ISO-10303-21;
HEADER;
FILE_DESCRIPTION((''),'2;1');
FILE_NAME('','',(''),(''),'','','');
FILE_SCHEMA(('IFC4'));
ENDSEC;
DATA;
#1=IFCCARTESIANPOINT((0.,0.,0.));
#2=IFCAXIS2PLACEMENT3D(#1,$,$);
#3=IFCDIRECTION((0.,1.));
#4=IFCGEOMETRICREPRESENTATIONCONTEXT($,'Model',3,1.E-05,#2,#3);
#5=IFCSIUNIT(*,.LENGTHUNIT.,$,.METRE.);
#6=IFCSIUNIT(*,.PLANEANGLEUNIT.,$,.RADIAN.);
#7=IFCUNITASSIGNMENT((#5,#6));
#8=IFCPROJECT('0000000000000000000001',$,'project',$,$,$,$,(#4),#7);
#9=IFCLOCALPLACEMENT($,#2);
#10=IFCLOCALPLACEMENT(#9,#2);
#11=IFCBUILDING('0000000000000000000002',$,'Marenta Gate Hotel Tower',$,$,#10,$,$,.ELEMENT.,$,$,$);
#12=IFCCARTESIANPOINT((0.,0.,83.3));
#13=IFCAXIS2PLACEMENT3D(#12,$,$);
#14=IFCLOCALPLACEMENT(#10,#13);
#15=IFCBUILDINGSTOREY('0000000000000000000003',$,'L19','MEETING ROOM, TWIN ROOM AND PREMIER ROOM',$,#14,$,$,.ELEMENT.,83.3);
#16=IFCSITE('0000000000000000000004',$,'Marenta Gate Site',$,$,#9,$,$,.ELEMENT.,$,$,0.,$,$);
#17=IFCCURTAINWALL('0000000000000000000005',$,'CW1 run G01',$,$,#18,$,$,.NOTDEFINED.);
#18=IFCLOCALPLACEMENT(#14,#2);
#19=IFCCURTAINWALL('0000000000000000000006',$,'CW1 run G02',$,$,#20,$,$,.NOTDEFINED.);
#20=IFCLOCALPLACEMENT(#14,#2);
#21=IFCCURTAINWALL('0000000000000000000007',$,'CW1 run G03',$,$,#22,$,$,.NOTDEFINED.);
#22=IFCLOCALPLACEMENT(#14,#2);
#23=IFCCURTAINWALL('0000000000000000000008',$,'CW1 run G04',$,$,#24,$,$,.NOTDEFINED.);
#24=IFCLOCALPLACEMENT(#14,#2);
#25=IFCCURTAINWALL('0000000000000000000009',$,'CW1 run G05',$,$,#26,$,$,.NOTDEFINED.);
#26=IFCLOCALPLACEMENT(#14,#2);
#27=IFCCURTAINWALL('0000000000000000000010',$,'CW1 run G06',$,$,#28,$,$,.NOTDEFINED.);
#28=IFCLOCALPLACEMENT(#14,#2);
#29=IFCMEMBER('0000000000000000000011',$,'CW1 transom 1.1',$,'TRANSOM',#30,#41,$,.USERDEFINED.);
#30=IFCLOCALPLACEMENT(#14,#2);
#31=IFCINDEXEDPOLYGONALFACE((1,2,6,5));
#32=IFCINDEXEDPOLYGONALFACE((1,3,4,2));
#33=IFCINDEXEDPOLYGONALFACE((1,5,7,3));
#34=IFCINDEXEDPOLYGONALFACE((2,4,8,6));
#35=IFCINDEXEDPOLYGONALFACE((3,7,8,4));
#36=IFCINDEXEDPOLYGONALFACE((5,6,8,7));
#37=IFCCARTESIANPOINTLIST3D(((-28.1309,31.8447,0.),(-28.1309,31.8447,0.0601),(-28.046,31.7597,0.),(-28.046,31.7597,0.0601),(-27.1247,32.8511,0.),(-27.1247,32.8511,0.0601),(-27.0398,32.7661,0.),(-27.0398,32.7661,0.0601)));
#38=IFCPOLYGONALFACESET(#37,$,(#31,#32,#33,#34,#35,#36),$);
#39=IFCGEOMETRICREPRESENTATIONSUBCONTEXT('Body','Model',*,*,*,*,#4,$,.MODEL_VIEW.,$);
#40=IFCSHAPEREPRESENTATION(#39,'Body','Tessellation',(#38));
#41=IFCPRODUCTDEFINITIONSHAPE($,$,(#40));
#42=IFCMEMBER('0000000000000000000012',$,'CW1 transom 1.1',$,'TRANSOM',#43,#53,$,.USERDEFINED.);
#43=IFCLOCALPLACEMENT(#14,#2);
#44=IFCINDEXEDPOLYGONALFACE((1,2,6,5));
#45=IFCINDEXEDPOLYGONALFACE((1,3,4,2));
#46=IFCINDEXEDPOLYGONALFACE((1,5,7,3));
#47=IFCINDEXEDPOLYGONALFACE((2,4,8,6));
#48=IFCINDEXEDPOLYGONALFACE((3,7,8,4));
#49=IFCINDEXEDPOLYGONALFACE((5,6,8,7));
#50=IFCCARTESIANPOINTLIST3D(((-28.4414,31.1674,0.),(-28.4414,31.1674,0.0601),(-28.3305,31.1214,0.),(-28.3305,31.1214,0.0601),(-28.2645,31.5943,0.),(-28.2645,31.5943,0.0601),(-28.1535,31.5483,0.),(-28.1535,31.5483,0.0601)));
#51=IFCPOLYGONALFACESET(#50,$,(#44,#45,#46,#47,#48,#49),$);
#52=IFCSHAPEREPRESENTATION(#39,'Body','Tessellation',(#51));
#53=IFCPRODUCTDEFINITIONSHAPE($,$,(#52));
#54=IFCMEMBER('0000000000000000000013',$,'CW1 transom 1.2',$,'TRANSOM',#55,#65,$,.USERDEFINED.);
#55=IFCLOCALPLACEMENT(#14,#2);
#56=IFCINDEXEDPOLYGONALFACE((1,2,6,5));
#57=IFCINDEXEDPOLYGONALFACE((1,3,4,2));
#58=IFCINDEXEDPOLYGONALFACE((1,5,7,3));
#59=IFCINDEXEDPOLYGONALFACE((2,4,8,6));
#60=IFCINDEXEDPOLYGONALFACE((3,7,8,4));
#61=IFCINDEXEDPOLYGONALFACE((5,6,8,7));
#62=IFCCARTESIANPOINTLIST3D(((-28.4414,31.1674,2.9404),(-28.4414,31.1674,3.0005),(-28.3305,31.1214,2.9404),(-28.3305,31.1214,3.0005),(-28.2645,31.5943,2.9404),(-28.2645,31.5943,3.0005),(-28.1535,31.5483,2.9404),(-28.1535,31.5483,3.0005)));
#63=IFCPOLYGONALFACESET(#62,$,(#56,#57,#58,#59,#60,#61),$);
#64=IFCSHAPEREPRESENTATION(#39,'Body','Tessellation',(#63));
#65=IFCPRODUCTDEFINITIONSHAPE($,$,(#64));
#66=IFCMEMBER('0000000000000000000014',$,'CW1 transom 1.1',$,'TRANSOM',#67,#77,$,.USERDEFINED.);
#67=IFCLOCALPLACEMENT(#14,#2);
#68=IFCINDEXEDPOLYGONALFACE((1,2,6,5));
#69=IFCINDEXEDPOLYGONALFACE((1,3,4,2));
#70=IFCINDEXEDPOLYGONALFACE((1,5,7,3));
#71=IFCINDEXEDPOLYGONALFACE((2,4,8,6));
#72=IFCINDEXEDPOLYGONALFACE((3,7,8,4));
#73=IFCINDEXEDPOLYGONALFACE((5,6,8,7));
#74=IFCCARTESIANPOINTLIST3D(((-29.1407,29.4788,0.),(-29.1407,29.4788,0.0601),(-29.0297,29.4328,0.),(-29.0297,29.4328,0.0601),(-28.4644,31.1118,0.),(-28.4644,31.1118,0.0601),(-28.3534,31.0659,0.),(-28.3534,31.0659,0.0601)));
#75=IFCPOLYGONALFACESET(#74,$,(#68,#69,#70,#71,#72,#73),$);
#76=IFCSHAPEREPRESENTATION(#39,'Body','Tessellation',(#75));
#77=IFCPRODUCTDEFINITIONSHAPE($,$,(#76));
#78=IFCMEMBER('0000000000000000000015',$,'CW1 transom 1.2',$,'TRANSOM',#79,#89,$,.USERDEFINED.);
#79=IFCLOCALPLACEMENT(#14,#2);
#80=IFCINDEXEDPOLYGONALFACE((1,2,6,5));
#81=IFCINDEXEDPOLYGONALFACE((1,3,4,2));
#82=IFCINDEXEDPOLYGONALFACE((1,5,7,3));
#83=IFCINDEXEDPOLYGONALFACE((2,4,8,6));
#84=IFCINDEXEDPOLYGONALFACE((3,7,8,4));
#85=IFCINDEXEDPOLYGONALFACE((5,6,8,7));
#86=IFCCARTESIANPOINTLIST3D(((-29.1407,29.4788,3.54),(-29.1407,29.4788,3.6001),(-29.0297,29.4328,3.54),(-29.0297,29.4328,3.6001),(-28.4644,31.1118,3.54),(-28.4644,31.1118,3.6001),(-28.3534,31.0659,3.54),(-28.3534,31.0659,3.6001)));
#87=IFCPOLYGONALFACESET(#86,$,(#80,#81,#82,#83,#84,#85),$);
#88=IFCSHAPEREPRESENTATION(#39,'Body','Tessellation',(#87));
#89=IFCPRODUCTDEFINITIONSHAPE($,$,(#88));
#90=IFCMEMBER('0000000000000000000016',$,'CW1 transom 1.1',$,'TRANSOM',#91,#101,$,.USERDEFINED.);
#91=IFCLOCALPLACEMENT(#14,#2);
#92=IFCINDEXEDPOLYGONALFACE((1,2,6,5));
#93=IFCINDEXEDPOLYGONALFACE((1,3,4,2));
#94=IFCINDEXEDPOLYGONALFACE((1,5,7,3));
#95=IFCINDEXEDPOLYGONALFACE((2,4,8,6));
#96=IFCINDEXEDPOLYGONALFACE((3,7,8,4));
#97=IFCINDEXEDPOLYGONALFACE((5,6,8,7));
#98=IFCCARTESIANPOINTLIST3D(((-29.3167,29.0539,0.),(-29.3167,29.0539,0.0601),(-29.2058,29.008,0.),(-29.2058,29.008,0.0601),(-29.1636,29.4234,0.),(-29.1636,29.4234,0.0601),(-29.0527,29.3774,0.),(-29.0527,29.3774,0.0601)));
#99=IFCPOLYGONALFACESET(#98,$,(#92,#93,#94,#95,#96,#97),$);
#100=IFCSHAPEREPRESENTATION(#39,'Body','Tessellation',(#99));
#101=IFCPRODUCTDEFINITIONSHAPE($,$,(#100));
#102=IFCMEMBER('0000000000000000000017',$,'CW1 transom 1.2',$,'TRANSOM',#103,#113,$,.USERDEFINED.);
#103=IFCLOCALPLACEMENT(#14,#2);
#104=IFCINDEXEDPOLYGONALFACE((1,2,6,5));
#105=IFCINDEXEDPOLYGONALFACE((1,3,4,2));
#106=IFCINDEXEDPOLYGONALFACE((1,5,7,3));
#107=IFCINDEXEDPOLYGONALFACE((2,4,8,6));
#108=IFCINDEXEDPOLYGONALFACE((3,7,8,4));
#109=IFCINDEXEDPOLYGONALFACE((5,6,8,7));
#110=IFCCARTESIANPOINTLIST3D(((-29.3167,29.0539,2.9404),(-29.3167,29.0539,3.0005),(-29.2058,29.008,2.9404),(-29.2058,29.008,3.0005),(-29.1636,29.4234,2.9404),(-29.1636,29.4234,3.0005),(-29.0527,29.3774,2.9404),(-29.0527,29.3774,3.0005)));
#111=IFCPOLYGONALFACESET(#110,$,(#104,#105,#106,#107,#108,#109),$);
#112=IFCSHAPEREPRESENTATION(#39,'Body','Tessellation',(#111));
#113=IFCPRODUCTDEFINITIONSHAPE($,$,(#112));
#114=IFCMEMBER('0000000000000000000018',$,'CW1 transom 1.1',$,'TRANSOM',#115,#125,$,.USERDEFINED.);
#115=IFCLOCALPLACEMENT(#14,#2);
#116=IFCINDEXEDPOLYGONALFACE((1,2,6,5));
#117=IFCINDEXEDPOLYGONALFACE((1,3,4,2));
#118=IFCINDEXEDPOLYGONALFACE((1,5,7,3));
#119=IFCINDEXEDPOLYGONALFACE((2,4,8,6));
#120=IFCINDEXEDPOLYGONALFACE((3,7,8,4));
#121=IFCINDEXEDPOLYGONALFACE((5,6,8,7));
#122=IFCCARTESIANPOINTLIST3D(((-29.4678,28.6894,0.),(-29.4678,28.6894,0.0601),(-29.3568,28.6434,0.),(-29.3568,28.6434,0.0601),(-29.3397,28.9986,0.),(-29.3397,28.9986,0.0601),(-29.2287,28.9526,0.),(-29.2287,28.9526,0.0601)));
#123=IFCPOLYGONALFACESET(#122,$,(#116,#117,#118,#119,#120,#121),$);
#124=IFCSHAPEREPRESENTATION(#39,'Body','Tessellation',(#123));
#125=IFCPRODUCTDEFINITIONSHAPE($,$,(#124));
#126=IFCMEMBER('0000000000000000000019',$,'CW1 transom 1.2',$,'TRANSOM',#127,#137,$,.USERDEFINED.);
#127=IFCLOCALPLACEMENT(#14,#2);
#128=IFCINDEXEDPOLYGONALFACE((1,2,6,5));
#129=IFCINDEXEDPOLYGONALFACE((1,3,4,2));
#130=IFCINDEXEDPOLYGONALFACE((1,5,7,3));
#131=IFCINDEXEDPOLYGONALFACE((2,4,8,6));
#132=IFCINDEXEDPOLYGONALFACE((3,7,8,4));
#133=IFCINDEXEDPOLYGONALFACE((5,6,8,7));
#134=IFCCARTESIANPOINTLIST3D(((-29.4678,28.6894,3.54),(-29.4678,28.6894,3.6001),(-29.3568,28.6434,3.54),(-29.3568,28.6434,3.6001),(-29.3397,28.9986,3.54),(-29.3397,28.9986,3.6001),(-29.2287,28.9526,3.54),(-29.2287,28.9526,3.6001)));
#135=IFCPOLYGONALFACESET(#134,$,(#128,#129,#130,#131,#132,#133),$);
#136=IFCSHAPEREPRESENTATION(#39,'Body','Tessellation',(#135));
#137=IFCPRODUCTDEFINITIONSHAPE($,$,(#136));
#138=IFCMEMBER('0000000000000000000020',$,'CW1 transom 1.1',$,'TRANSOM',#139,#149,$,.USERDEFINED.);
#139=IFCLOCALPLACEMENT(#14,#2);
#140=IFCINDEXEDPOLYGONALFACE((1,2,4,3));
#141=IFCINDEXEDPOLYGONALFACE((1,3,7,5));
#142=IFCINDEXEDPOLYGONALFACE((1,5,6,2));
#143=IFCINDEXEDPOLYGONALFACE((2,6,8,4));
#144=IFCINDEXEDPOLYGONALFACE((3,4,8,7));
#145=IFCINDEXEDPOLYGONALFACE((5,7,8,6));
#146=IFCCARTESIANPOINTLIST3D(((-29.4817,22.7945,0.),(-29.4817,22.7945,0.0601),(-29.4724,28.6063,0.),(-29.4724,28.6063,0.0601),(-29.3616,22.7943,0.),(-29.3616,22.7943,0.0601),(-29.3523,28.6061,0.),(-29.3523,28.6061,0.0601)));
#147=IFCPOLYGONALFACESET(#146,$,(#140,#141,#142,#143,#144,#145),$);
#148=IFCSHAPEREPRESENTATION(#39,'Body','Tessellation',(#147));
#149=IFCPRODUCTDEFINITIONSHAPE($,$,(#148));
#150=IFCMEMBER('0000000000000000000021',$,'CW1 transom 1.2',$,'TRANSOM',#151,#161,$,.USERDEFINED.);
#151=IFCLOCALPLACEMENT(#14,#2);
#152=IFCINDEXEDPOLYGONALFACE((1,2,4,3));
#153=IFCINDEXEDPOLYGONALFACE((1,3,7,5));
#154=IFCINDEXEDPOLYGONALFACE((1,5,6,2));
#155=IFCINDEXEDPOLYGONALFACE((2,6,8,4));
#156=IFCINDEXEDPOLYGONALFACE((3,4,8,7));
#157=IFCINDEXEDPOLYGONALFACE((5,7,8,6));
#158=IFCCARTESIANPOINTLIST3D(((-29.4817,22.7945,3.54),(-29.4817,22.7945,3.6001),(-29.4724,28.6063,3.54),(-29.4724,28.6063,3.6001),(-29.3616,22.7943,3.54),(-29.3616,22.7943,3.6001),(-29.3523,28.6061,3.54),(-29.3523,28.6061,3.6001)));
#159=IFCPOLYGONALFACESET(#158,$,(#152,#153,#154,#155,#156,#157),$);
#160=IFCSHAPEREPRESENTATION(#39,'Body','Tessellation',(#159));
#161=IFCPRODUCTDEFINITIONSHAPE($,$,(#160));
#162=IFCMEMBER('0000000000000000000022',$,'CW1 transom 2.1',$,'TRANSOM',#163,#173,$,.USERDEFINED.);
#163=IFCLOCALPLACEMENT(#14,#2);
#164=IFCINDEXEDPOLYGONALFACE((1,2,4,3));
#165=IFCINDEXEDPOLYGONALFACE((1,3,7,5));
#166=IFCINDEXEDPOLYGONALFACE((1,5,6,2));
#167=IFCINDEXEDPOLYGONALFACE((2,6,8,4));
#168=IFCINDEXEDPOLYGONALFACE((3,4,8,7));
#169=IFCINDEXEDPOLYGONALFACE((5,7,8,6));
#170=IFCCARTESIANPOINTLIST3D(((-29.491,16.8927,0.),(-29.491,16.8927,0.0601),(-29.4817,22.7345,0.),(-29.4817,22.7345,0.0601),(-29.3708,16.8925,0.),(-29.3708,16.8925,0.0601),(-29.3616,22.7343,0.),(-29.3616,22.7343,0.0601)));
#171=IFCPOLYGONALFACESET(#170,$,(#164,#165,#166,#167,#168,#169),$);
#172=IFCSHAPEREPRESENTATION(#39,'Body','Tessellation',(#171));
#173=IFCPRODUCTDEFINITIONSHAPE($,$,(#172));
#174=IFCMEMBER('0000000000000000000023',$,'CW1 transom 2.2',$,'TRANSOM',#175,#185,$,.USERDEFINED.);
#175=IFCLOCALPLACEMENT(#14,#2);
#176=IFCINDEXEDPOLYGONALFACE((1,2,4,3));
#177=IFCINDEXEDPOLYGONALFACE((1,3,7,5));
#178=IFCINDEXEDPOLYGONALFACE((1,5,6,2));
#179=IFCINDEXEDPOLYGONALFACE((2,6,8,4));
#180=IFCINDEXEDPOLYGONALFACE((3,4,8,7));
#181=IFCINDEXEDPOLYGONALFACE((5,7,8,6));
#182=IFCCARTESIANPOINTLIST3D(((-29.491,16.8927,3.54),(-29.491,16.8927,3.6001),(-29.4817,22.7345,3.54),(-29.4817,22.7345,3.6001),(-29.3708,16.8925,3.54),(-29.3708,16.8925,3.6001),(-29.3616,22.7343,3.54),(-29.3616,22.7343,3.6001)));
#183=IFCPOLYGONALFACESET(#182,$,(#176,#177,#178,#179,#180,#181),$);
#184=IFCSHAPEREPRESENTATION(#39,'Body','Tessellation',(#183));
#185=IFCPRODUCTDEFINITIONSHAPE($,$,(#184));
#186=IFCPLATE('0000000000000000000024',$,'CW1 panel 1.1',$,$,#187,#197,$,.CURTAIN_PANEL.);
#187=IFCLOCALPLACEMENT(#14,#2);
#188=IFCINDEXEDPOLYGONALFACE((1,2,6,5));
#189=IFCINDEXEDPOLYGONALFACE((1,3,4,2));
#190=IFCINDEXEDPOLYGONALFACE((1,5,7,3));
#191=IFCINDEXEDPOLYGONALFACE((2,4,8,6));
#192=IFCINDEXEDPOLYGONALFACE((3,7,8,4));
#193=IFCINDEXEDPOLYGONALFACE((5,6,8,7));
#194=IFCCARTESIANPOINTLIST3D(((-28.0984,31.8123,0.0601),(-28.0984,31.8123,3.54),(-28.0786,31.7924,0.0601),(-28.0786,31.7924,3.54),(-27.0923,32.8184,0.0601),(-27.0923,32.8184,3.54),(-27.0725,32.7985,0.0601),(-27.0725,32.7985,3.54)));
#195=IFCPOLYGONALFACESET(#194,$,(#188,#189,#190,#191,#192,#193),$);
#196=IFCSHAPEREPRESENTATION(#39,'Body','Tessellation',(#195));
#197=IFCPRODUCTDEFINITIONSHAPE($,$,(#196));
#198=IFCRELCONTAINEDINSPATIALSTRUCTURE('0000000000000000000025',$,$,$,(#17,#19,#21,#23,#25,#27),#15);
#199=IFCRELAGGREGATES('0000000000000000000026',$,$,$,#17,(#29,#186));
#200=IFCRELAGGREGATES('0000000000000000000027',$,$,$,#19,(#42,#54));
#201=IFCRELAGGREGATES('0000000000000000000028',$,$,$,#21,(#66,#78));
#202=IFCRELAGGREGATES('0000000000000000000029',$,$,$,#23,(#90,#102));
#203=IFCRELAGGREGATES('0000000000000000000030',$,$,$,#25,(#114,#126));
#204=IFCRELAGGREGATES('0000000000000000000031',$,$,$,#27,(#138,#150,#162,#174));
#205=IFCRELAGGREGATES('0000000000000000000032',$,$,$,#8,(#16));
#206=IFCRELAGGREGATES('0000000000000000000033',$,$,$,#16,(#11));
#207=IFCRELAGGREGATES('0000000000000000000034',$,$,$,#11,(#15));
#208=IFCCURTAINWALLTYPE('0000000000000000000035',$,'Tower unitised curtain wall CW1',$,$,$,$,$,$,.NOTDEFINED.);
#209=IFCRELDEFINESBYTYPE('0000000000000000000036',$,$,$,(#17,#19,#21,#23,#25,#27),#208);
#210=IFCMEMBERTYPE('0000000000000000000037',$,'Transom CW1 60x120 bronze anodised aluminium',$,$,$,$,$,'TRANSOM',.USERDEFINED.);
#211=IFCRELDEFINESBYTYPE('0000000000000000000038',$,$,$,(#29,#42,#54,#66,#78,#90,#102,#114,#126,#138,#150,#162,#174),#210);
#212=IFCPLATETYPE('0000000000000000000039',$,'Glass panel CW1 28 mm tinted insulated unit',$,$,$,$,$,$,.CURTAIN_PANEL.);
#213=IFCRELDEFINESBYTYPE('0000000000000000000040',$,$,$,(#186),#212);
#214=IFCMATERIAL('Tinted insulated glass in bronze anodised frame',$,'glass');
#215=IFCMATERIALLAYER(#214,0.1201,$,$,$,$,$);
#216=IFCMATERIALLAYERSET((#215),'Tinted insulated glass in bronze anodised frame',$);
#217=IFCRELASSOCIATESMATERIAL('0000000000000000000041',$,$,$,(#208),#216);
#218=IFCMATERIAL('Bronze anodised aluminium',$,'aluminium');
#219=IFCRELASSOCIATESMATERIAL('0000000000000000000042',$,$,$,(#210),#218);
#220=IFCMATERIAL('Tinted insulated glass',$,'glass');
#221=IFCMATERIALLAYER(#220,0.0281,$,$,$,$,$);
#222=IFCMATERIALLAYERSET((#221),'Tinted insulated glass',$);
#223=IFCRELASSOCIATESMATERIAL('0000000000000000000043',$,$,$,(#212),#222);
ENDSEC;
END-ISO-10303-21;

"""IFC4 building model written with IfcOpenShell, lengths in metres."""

from ifc_helpers import new_model, si_unit, direction, frame, origin, origin_2d, place, context, subcontext, project, spatial, rectangle, extrude, material, layer, layer_set, material_profile, profile_set, type_object, element, aggregate, save


model = new_model("IFC4")

# Units and contexts
model_context = context("Model", 3, precision=1e-05, world=origin(), true_north=direction((0.0, 1.0)))
body_context = subcontext(model_context, "Body", "Model", "MODEL_VIEW")
ifc_project = project(units=[si_unit("LENGTHUNIT", "METRE"), si_unit("PLANEANGLEUNIT", "RADIAN")], contexts=[model_context])

# Site, building, storey
site_placement = place(None, origin())
site = spatial("IfcSite", under=ifc_project, at=site_placement, Name="Marenta Gate Site", CompositionType="ELEMENT", RefElevation=0.0)
building_placement = place(site_placement, origin())
building = spatial("IfcBuilding", under=site, at=building_placement, Name="Marenta Gate Hotel Tower", CompositionType="ELEMENT")
storey_placement = place(building_placement, frame((0.0, 0.0, 83.3)))
storey = spatial("IfcBuildingStorey", under=building, at=storey_placement, Name="L19", Description="MEETING ROOM, TWIN ROOM AND PREMIER ROOM", CompositionType="ELEMENT", Elevation=83.3)

# Curtain walls
ifc_material_1 = material(Name="Tinted insulated glass in bronze anodised frame", Category="glass")
ifc_layer_1 = layer(ifc_material_1, 0.1201)
ifc_layer_set_1 = layer_set([ifc_layer_1], Name="Tinted insulated glass in bronze anodised frame")
curtain_wall_type = type_object("IfcCurtainWallType", Name="Tower unitised curtain wall CW1", PredefinedType="NOTDEFINED", material=ifc_layer_set_1)
curtain_wall_1_placement = place(storey_placement, origin())
curtain_wall_1 = element("IfcCurtainWall", 1, at=curtain_wall_1_placement, inside=storey, type_object=curtain_wall_type, Name="CW1 run G01", PredefinedType="NOTDEFINED")
curtain_wall_2_placement = place(storey_placement, origin())
curtain_wall_2 = element("IfcCurtainWall", 2, at=curtain_wall_2_placement, inside=storey, type_object=curtain_wall_type, Name="CW1 run G02", PredefinedType="NOTDEFINED")
curtain_wall_3_placement = place(storey_placement, origin())
curtain_wall_3 = element("IfcCurtainWall", 3, at=curtain_wall_3_placement, inside=storey, type_object=curtain_wall_type, Name="CW1 run G03", PredefinedType="NOTDEFINED")
curtain_wall_4_placement = place(storey_placement, origin())
curtain_wall_4 = element("IfcCurtainWall", 4, at=curtain_wall_4_placement, inside=storey, type_object=curtain_wall_type, Name="CW1 run G04", PredefinedType="NOTDEFINED")
curtain_wall_5_placement = place(storey_placement, origin())
curtain_wall_5 = element("IfcCurtainWall", 5, at=curtain_wall_5_placement, inside=storey, type_object=curtain_wall_type, Name="CW1 run G05", PredefinedType="NOTDEFINED")

# Curtain wall
curtain_wall_6_placement = place(storey_placement, origin())
curtain_wall_6 = element("IfcCurtainWall", 6, at=curtain_wall_6_placement, inside=storey, type_object=curtain_wall_type, Name="CW1 run G06", PredefinedType="NOTDEFINED")

# Members
ifc_material_2 = material(Name="Bronze anodised aluminium", Category="aluminium")
ifc_material_profile_1 = material_profile(ifc_material_2, rectangle(XDim=0.1201, YDim=0.0601, at=origin_2d()), Name="Transom CW1 60x120 bronze anodised aluminium")
ifc_profile_set_1 = profile_set([ifc_material_profile_1], Name="Bronze anodised aluminium")
member_type_1 = type_object("IfcMemberType", Name="Transom CW1 60x120 bronze anodised aluminium", ElementType="TRANSOM", PredefinedType="USERDEFINED", material=ifc_profile_set_1)
member_1_placement = place(storey_placement, frame((-27.0823, 32.8086, 0.03), z_axis=(-0.707021, -0.707193, 0.0), x_axis=(0.707193, -0.707021, 0.0)))
member_1 = element("IfcMember", 7, at=member_1_placement, type_object=member_type_1, Name="CW1 transom 1.1", ObjectType="TRANSOM", PredefinedType="USERDEFINED", context=body_context, shape_type="SweptSolid", body=[
    extrude(rectangle(XDim=0.1201, YDim=0.0601, at=origin_2d()), origin(), (0.0, 0.0, 1.0), 1.4231),
])
member_2_placement = place(storey_placement, frame((-28.209, 31.5713, 0.03), z_axis=(-0.382927, -0.923779, 0.0), x_axis=(0.923779, -0.382927, 0.0)))
member_2 = element("IfcMember", 8, at=member_2_placement, type_object=member_type_1, Name="CW1 transom 1.1", ObjectType="TRANSOM", PredefinedType="USERDEFINED", context=body_context, shape_type="SweptSolid", body=[
    extrude(rectangle(XDim=0.1201, YDim=0.0601, at=origin_2d()), origin(), (0.0, 0.0, 1.0), 0.4622),
])
member_3_placement = place(storey_placement, frame((-28.209, 31.5713, 2.9705), z_axis=(-0.382927, -0.923779, 0.0), x_axis=(0.923779, -0.382927, 0.0)))
member_3 = element("IfcMember", 9, at=member_3_placement, type_object=member_type_1, Name="CW1 transom 1.2", ObjectType="TRANSOM", PredefinedType="USERDEFINED", context=body_context, shape_type="SweptSolid", body=[
    extrude(rectangle(XDim=0.1201, YDim=0.0601, at=origin_2d()), origin(), (0.0, 0.0, 1.0), 0.4622),
])
member_4_placement = place(storey_placement, frame((-28.4089, 31.0889, 0.03), z_axis=(-0.382604, -0.923912, 0.0), x_axis=(0.923912, -0.382604, 0.0)))
member_4 = element("IfcMember", 10, at=member_4_placement, type_object=member_type_1, Name="CW1 transom 1.1", ObjectType="TRANSOM", PredefinedType="USERDEFINED", context=body_context, shape_type="SweptSolid", body=[
    extrude(rectangle(XDim=0.1201, YDim=0.0601, at=origin_2d()), origin(), (0.0, 0.0, 1.0), 1.7676),
])
member_5_placement = place(storey_placement, frame((-28.4089, 31.0889, 3.5701), z_axis=(-0.382604, -0.923912, 0.0), x_axis=(0.923912, -0.382604, 0.0)))
member_5 = element("IfcMember", 11, at=member_5_placement, type_object=member_type_1, Name="CW1 transom 1.2", ObjectType="TRANSOM", PredefinedType="USERDEFINED", context=body_context, shape_type="SweptSolid", body=[
    extrude(rectangle(XDim=0.1201, YDim=0.0601, at=origin_2d()), origin(), (0.0, 0.0, 1.0), 1.7676),
])
member_6_placement = place(storey_placement, frame((-29.1082, 29.4004, 0.03), z_axis=(-0.382837, -0.923816, 0.0), x_axis=(0.923816, -0.382837, 0.0)))
member_6 = element("IfcMember", 12, at=member_6_placement, type_object=member_type_1, Name="CW1 transom 1.1", ObjectType="TRANSOM", PredefinedType="USERDEFINED", context=body_context, shape_type="SweptSolid", body=[
    extrude(rectangle(XDim=0.1201, YDim=0.0601, at=origin_2d()), origin(), (0.0, 0.0, 1.0), 0.3999),
])
member_7_placement = place(storey_placement, frame((-29.1082, 29.4004, 2.9705), z_axis=(-0.382837, -0.923816, 0.0), x_axis=(0.923816, -0.382837, 0.0)))
member_7 = element("IfcMember", 13, at=member_7_placement, type_object=member_type_1, Name="CW1 transom 1.2", ObjectType="TRANSOM", PredefinedType="USERDEFINED", context=body_context, shape_type="SweptSolid", body=[
    extrude(rectangle(XDim=0.1201, YDim=0.0601, at=origin_2d()), origin(), (0.0, 0.0, 1.0), 0.3999),
])
member_8_placement = place(storey_placement, frame((-29.2842, 28.9756, 0.03), z_axis=(-0.382803, -0.92383, 0.0), x_axis=(0.92383, -0.382803, 0.0)))
member_8 = element("IfcMember", 14, at=member_8_placement, type_object=member_type_1, Name="CW1 transom 1.1", ObjectType="TRANSOM", PredefinedType="USERDEFINED", context=body_context, shape_type="SweptSolid", body=[
    extrude(rectangle(XDim=0.1201, YDim=0.0601, at=origin_2d()), origin(), (0.0, 0.0, 1.0), 0.3347),
])
member_9_placement = place(storey_placement, frame((-29.2842, 28.9756, 3.5701), z_axis=(-0.382803, -0.92383, 0.0), x_axis=(0.92383, -0.382803, 0.0)))
member_9 = element("IfcMember", 15, at=member_9_placement, type_object=member_type_1, Name="CW1 transom 1.2", ObjectType="TRANSOM", PredefinedType="USERDEFINED", context=body_context, shape_type="SweptSolid", body=[
    extrude(rectangle(XDim=0.1201, YDim=0.0601, at=origin_2d()), origin(), (0.0, 0.0, 1.0), 0.3347),
])
member_10_placement = place(storey_placement, frame((-29.4124, 28.6062, 0.03), z_axis=(-0.001596, -0.999999, 0.0), x_axis=(0.999999, -0.001596, 0.0)))
member_10 = element("IfcMember", 16, at=member_10_placement, type_object=member_type_1, Name="CW1 transom 1.1", ObjectType="TRANSOM", PredefinedType="USERDEFINED", context=body_context, shape_type="SweptSolid", body=[
    extrude(rectangle(XDim=0.1201, YDim=0.0601, at=origin_2d()), origin(), (0.0, 0.0, 1.0), 5.8118),
])
member_11_placement = place(storey_placement, frame((-29.4124, 28.6062, 3.5701), z_axis=(-0.001596, -0.999999, 0.0), x_axis=(0.999999, -0.001596, 0.0)))
member_11 = element("IfcMember", 17, at=member_11_placement, type_object=member_type_1, Name="CW1 transom 1.2", ObjectType="TRANSOM", PredefinedType="USERDEFINED", context=body_context, shape_type="SweptSolid", body=[
    extrude(rectangle(XDim=0.1201, YDim=0.0601, at=origin_2d()), origin(), (0.0, 0.0, 1.0), 5.8118),
])
member_12_placement = place(storey_placement, frame((-29.4216, 22.7344, 0.03), z_axis=(-0.001588, -0.999999, 0.0), x_axis=(0.999999, -0.001588, 0.0)))
member_12 = element("IfcMember", 18, at=member_12_placement, type_object=member_type_1, Name="CW1 transom 2.1", ObjectType="TRANSOM", PredefinedType="USERDEFINED", context=body_context, shape_type="SweptSolid", body=[
    extrude(rectangle(XDim=0.1201, YDim=0.0601, at=origin_2d()), origin(), (0.0, 0.0, 1.0), 5.8418),
])
member_13_placement = place(storey_placement, frame((-29.4216, 22.7344, 3.5701), z_axis=(-0.001588, -0.999999, 0.0), x_axis=(0.999999, -0.001588, 0.0)))
member_13 = element("IfcMember", 19, at=member_13_placement, type_object=member_type_1, Name="CW1 transom 2.2", ObjectType="TRANSOM", PredefinedType="USERDEFINED", context=body_context, shape_type="SweptSolid", body=[
    extrude(rectangle(XDim=0.1201, YDim=0.0601, at=origin_2d()), origin(), (0.0, 0.0, 1.0), 5.8418),
])

# Plate
ifc_material_3 = material(Name="Tinted insulated glass", Category="glass")
ifc_layer_2 = layer(ifc_material_3, 0.0281)
ifc_layer_set_2 = layer_set([ifc_layer_2], Name="Tinted insulated glass")
plate_type = type_object("IfcPlateType", Name="Glass panel CW1 28 mm tinted insulated unit", PredefinedType="CURTAIN_PANEL", material=ifc_layer_set_2)
plate_1_placement = place(storey_placement, frame((-27.5854, 32.3054, 0.0601), z_axis=(0.0, 0.0, 1.0), x_axis=(-0.707107, -0.707107, 0.0)))
plate_1 = element("IfcPlate", 20, at=plate_1_placement, type_object=plate_type, Name="CW1 panel 1.1", PredefinedType="CURTAIN_PANEL", context=body_context, shape_type="SweptSolid", body=[
    extrude(rectangle(XDim=1.4229, YDim=0.0281, at=origin_2d()), origin(), (0.0, 0.0, 1.0), 3.48),
])
aggregate(curtain_wall_1, [member_1, plate_1])
aggregate(curtain_wall_2, [member_2, member_3])
aggregate(curtain_wall_3, [member_4, member_5])
aggregate(curtain_wall_4, [member_6, member_7])
aggregate(curtain_wall_5, [member_8, member_9])
aggregate(curtain_wall_6, [member_10, member_11, member_12, member_13])

save(model, "model.ifc")
